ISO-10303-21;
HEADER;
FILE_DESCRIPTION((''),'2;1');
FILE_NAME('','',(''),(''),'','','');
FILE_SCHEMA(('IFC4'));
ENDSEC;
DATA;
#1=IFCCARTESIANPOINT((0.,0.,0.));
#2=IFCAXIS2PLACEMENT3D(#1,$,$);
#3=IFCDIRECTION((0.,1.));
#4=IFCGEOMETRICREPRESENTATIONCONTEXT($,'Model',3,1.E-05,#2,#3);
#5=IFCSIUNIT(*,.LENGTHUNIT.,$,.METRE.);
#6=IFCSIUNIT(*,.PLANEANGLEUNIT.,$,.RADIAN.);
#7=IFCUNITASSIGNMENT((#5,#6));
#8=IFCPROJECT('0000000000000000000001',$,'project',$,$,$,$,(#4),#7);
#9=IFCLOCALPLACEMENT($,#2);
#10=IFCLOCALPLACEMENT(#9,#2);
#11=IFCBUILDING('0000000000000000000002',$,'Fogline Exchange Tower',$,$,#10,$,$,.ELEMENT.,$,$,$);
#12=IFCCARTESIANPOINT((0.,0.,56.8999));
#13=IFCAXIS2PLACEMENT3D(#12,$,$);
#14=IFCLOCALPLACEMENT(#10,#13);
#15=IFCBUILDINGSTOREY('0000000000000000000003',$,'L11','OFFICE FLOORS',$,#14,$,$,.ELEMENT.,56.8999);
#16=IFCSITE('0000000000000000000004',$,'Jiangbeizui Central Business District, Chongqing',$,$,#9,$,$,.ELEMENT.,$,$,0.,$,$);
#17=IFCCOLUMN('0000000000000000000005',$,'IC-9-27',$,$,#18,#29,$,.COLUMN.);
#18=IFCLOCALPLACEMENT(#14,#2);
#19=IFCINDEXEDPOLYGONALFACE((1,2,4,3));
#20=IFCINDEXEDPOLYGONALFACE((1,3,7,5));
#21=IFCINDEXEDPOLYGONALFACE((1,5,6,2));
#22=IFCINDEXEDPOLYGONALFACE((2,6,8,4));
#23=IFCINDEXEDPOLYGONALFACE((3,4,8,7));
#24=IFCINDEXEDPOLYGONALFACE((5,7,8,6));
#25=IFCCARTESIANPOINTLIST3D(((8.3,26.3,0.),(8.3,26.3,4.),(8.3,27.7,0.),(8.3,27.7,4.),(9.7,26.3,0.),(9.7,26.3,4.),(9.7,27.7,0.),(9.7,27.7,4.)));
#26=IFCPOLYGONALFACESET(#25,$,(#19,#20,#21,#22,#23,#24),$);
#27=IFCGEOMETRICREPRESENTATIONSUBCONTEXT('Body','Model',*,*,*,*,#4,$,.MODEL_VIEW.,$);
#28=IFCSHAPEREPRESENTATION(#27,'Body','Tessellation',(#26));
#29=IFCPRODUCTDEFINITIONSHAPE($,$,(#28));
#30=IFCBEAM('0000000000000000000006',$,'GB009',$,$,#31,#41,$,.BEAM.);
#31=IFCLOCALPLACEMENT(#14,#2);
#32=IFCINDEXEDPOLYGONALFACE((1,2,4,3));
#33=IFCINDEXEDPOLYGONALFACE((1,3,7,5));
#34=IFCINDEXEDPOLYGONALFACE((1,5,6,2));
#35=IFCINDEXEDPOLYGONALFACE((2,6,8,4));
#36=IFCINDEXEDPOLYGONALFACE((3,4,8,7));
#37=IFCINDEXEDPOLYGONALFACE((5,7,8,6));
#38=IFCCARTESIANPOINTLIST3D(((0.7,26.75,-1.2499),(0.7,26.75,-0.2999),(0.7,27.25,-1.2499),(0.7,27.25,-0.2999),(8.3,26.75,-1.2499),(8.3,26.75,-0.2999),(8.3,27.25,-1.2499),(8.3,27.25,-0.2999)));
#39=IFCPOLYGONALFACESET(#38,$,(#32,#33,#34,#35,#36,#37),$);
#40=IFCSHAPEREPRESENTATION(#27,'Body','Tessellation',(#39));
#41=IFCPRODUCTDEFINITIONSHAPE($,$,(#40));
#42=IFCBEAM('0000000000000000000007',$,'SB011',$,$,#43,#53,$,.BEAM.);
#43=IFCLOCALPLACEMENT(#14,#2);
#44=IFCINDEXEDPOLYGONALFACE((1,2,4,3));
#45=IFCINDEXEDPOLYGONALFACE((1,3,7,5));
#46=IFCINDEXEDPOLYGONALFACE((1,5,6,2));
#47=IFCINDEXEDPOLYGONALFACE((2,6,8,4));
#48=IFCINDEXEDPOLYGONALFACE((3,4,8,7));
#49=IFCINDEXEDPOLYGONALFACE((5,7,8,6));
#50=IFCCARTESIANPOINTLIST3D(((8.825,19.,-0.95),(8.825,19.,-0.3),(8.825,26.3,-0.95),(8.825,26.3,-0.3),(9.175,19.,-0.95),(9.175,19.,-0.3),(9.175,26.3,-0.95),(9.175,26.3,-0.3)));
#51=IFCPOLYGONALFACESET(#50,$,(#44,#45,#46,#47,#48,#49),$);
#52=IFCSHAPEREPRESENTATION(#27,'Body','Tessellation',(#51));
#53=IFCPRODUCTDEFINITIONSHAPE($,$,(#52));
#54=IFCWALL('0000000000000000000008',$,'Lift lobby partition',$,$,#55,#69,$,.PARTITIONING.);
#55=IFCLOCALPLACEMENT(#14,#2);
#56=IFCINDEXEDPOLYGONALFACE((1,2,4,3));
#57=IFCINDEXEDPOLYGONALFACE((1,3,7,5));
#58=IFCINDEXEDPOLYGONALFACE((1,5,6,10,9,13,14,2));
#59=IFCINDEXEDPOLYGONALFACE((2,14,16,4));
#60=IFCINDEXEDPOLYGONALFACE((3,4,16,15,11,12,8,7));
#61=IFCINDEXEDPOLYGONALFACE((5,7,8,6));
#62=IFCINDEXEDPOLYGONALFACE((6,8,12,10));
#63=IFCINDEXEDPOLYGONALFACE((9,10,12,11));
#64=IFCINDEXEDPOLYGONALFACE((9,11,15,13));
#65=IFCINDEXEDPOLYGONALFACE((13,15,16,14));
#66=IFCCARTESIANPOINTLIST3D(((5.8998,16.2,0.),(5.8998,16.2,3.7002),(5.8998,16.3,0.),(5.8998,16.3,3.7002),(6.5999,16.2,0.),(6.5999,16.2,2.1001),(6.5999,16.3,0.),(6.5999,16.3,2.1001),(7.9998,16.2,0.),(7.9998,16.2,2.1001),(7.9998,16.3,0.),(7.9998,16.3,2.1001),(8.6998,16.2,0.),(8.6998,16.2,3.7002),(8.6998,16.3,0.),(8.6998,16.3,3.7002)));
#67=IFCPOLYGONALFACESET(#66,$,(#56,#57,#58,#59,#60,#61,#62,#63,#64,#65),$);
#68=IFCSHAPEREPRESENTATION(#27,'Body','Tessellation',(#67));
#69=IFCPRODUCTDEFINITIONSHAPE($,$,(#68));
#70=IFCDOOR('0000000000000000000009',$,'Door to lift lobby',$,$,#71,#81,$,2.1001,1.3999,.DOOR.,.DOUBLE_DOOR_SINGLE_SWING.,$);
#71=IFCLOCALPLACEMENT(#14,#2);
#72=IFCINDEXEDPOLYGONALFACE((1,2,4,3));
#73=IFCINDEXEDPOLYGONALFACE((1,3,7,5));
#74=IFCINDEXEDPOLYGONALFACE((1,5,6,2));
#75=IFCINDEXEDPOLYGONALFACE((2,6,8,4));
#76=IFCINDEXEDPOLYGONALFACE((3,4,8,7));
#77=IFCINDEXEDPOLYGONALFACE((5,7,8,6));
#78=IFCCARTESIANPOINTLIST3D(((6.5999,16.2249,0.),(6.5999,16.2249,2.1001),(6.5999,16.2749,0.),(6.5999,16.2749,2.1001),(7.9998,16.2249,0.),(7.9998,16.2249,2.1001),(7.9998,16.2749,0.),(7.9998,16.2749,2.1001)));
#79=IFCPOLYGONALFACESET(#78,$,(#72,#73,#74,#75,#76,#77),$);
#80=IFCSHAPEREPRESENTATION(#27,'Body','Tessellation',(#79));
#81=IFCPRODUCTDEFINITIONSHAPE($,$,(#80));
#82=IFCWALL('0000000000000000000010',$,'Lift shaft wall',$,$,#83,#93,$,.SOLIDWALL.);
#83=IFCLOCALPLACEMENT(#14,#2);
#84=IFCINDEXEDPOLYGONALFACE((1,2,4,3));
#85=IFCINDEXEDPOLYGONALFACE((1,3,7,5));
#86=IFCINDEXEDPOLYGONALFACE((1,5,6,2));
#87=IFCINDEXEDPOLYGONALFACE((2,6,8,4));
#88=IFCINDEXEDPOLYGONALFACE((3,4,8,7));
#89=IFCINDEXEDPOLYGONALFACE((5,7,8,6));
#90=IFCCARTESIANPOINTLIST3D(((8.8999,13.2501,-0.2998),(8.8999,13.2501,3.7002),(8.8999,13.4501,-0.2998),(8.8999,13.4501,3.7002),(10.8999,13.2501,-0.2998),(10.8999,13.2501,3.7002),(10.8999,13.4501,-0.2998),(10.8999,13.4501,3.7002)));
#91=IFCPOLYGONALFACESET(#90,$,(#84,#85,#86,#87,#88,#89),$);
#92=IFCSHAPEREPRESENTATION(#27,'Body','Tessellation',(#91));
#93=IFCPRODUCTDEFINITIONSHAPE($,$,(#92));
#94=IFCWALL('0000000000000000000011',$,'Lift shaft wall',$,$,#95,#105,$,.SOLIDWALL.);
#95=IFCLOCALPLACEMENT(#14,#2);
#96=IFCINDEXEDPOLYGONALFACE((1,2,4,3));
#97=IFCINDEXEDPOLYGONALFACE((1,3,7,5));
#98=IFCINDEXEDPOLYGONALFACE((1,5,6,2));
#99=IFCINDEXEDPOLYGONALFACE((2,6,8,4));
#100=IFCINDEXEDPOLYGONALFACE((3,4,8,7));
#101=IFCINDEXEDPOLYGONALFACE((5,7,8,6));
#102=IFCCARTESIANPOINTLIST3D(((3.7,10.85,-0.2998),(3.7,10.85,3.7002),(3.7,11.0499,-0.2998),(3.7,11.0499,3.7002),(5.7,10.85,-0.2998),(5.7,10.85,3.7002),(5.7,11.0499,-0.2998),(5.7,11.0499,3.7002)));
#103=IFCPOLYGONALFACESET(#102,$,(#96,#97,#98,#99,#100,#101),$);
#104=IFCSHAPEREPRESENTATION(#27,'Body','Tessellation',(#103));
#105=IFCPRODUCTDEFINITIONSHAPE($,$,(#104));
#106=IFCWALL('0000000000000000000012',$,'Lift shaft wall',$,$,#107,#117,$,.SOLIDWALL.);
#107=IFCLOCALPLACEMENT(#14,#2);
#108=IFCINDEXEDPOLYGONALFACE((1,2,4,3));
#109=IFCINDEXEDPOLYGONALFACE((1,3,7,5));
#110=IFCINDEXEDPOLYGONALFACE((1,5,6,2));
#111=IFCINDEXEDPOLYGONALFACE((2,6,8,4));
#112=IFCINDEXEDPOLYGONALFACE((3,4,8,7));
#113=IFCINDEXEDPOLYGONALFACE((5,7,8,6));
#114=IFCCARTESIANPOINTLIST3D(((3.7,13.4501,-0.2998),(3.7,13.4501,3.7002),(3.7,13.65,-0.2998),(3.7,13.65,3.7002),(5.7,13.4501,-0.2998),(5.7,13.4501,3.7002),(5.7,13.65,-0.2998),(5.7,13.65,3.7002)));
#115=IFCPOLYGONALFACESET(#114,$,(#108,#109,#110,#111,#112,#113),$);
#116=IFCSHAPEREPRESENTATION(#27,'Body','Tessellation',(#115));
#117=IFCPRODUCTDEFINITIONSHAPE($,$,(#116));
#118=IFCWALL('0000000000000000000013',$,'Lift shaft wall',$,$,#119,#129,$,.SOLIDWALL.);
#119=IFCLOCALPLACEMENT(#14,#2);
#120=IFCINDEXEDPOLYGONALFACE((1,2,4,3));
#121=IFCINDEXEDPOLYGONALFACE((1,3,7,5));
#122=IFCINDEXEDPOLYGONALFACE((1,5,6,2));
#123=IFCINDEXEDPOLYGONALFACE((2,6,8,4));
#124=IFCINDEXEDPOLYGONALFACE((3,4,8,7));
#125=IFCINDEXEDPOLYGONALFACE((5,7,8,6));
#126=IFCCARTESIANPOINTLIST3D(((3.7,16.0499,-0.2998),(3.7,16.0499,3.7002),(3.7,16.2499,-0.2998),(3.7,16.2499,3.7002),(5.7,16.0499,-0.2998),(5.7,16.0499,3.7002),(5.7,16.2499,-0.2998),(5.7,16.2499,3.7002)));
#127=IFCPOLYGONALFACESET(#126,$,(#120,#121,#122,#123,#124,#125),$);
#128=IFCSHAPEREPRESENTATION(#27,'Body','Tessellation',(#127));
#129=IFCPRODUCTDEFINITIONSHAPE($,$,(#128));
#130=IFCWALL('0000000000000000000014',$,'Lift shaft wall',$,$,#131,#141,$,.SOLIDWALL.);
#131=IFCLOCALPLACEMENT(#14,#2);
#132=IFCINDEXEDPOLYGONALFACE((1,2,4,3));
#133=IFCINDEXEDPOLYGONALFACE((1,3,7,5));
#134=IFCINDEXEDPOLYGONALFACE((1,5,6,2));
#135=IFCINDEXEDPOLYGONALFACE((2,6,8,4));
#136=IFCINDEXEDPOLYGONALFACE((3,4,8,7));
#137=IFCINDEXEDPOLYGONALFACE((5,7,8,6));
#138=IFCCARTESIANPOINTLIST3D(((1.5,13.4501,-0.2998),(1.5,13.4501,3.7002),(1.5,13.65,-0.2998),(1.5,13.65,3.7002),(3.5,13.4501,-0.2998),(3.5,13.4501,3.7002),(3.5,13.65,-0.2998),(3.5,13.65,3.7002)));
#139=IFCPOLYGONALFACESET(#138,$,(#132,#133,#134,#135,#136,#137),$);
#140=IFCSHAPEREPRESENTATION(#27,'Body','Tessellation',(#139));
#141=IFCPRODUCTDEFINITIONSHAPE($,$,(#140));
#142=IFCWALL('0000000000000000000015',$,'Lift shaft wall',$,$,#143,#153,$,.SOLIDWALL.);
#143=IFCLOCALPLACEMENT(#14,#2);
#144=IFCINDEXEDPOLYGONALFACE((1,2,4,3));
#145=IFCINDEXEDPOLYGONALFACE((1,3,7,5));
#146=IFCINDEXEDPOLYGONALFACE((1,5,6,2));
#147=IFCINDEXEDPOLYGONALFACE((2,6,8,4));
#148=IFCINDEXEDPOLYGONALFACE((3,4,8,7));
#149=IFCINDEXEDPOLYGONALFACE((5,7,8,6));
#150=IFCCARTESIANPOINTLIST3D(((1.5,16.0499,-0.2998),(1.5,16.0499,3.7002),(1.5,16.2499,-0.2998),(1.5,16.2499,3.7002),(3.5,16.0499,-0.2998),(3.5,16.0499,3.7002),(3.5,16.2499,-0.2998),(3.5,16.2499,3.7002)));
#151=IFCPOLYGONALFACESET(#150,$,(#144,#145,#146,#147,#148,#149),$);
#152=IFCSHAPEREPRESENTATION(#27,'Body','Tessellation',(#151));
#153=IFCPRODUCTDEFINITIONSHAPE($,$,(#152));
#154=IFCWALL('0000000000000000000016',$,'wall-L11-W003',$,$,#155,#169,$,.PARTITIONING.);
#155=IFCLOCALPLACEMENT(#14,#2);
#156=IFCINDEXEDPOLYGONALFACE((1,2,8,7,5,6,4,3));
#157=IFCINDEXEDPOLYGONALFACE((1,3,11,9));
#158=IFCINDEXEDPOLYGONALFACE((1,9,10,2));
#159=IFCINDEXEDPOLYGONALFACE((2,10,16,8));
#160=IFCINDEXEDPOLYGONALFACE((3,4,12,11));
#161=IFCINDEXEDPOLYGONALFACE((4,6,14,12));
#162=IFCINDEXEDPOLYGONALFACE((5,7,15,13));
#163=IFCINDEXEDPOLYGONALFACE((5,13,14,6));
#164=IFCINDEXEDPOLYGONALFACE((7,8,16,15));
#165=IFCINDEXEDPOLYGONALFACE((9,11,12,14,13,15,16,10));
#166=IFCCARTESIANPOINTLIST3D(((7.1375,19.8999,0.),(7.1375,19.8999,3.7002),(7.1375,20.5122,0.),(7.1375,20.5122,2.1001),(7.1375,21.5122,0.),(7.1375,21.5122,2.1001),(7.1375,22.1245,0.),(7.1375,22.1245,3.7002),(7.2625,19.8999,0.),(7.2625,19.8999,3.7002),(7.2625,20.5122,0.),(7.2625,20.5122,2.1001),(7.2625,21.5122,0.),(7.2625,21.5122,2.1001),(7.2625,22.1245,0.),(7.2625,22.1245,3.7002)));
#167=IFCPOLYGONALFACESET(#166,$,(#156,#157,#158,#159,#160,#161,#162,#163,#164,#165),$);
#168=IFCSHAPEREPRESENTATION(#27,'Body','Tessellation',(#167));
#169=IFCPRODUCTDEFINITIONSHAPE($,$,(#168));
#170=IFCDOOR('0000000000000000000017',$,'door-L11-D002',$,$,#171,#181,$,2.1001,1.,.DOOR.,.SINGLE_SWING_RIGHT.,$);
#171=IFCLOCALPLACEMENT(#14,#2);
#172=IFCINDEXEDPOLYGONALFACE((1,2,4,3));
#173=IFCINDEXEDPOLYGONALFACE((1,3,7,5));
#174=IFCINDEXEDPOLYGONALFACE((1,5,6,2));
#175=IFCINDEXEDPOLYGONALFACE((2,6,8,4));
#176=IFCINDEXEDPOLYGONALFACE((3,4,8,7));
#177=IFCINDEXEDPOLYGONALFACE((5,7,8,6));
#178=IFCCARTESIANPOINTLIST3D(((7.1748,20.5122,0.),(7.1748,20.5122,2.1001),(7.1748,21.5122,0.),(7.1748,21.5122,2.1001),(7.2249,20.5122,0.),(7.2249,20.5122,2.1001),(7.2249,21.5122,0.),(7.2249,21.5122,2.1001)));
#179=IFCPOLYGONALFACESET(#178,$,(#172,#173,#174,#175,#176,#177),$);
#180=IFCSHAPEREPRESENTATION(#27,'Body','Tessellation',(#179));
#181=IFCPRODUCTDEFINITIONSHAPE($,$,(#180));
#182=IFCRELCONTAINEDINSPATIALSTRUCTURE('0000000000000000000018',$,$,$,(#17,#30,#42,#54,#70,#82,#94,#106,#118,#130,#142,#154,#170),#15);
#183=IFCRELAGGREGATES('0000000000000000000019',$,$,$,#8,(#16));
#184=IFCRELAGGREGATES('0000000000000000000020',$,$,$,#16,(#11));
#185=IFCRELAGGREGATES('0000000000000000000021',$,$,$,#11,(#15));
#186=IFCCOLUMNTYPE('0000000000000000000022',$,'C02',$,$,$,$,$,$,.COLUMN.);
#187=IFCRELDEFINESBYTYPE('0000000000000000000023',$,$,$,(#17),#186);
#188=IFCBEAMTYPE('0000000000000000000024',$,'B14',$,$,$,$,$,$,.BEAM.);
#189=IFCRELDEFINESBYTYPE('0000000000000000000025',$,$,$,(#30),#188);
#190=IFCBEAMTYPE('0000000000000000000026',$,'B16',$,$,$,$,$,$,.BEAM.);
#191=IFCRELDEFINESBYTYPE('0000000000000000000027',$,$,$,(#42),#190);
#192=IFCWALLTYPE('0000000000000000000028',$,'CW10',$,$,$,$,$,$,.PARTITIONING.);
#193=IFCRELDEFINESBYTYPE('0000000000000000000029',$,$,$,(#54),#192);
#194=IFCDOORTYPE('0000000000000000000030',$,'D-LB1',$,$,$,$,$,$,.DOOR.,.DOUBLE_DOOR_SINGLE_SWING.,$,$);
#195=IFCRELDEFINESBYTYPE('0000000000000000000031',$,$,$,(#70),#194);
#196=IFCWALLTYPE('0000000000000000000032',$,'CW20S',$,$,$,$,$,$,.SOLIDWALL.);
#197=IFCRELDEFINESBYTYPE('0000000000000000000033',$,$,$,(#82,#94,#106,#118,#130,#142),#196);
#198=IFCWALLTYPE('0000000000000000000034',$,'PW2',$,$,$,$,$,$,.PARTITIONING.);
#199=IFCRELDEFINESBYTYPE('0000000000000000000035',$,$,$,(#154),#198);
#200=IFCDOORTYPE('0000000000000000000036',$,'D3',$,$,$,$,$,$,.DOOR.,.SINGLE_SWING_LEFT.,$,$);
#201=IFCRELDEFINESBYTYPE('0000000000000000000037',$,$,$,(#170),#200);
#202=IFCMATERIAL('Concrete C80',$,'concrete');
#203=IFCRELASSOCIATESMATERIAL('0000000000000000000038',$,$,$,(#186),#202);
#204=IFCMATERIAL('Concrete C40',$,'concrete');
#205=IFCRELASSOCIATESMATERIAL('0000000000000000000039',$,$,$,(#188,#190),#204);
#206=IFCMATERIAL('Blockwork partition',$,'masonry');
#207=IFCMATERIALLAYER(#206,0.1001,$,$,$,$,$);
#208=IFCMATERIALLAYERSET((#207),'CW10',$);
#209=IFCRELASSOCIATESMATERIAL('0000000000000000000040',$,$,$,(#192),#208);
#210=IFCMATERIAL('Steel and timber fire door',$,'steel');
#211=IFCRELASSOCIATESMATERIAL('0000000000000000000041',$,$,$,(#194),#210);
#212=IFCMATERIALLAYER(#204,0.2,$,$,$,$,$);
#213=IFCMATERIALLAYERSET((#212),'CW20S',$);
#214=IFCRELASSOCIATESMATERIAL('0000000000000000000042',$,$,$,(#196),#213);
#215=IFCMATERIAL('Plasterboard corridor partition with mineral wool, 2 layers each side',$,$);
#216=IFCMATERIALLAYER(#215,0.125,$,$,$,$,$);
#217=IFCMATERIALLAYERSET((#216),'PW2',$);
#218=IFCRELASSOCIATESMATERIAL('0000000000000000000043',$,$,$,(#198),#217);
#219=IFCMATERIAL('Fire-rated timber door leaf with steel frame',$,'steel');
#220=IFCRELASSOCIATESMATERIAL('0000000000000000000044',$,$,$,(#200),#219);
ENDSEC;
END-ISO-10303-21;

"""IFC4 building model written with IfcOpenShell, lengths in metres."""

from ifc_helpers import new_model, si_unit, direction, frame, frame_2d, origin, origin_2d, place, context, subcontext, project, spatial, rectangle, extrude, material, layer, layer_set, material_profile, profile_set, type_object, element, fill, save


model = new_model("IFC4")

# Units and contexts
model_context = context("Model", 3, precision=1e-05, world=origin(), true_north=direction((0.0, 1.0)))
body_context = subcontext(model_context, "Body", "Model", "MODEL_VIEW")
ifc_project = project(units=[si_unit("LENGTHUNIT", "METRE"), si_unit("PLANEANGLEUNIT", "RADIAN")], contexts=[model_context])

# Site, building, storey
site_placement = place(None, origin())
site = spatial("IfcSite", under=ifc_project, at=site_placement, Name="Jiangbeizui Central Business District, Chongqing", CompositionType="ELEMENT", RefElevation=0.0)
building_placement = place(site_placement, origin())
building = spatial("IfcBuilding", under=site, at=building_placement, Name="Fogline Exchange Tower", CompositionType="ELEMENT")
storey_placement = place(building_placement, frame((0.0, 0.0, 56.8999)))
storey = spatial("IfcBuildingStorey", under=building, at=storey_placement, Name="L11", Description="OFFICE FLOORS", CompositionType="ELEMENT", Elevation=56.8999)

# Column
ifc_material_1 = material(Name="Concrete C80", Category="concrete")
ifc_material_profile_1 = material_profile(ifc_material_1, rectangle(XDim=1.3999, YDim=1.3999, at=origin_2d()), Name="RC 1400x1400")
ifc_profile_set_1 = profile_set([ifc_material_profile_1], Name="Concrete C80")
column_type = type_object("IfcColumnType", Name="C02", PredefinedType="COLUMN", material=ifc_profile_set_1)
column_placement = place(storey_placement, frame((9.0, 27.0, 0.0), z_axis=(0.0, 0.0, 1.0), x_axis=(1.0, 0.0, 0.0)))
element("IfcColumn", 1, at=column_placement, inside=storey, type_object=column_type, Name="IC-9-27", PredefinedType="COLUMN", context=body_context, shape_type="SweptSolid", body=[
    extrude(rectangle(XDim=1.3999, YDim=1.3999, at=origin_2d()), origin(), (0.0, 0.0, 1.0), 4.0),
])

# Beams
ifc_material_2 = material(Name="Concrete C40", Category="concrete")
ifc_material_profile_2 = material_profile(ifc_material_2, rectangle(XDim=0.5, YDim=0.95, at=origin_2d()), Name="RC 500x950")
ifc_profile_set_2 = profile_set([ifc_material_profile_2], Name="Concrete C40")
beam_type_1 = type_object("IfcBeamType", Name="B14", PredefinedType="BEAM", material=ifc_profile_set_2)
beam_1_placement = place(storey_placement, frame((0.7, 27.0, -0.7749), z_axis=(1.0, 0.0, 0.0), x_axis=(0.0, 1.0, 0.0)))
element("IfcBeam", 2, at=beam_1_placement, inside=storey, type_object=beam_type_1, Name="GB009", PredefinedType="BEAM", context=body_context, shape_type="SweptSolid", body=[
    extrude(rectangle(XDim=0.5, YDim=0.95, at=origin_2d()), origin(), (0.0, 0.0, 1.0), 7.6001),
])
ifc_material_profile_3 = material_profile(ifc_material_2, rectangle(XDim=0.3501, YDim=0.6499, at=origin_2d()), Name="RC 350x650")
ifc_profile_set_3 = profile_set([ifc_material_profile_3], Name="Concrete C40")
beam_type_2 = type_object("IfcBeamType", Name="B16", PredefinedType="BEAM", material=ifc_profile_set_3)
beam_2_placement = place(storey_placement, frame((9.0, 19.0, -0.625), z_axis=(0.0, 1.0, 0.0), x_axis=(-1.0, 0.0, 0.0)))
element("IfcBeam", 3, at=beam_2_placement, inside=storey, type_object=beam_type_2, Name="SB011", PredefinedType="BEAM", context=body_context, shape_type="SweptSolid", body=[
    extrude(rectangle(XDim=0.3501, YDim=0.6499, at=origin_2d()), origin(), (0.0, 0.0, 1.0), 7.3),
])

# Wall, opening, door
ifc_material_3 = material(Name="Blockwork partition", Category="masonry")
ifc_layer_1 = layer(ifc_material_3, 0.1001)
ifc_layer_set_1 = layer_set([ifc_layer_1], Name="CW10")
wall_type_1 = type_object("IfcWallType", Name="CW10", PredefinedType="PARTITIONING", material=ifc_layer_set_1)
wall_1_placement = place(storey_placement, frame((5.8999, 16.25, 0.0), z_axis=(0.0, 0.0, 1.0), x_axis=(1.0, 0.0, 0.0)))
wall_1 = element("IfcWall", 4, at=wall_1_placement, inside=storey, type_object=wall_type_1, Name="Lift lobby partition", PredefinedType="PARTITIONING", context=body_context, shape_type="SweptSolid", body=[
    extrude(rectangle(XDim=2.8, YDim=0.1001, at=frame_2d((1.3999, 0.0))), origin(), (0.0, 0.0, 1.0), 3.7002),
])
opening_1_placement = place(wall_1_placement, frame((0.7, 0.0, 0.0)))
opening_1 = element("IfcOpeningElement", 5, at=opening_1_placement, cuts=wall_1, PredefinedType="OPENING", context=body_context, shape_type="SweptSolid", body=[
    extrude(rectangle(XDim=1.3999, YDim=2.1001, at=frame_2d((0.7, 1.05))), frame((0.0, 0.0601, 0.0), z_axis=(0.0, -1.0, 0.0), x_axis=(1.0, 0.0, 0.0)), (0.0, 0.0, 1.0), 0.1201),
])
ifc_material_4 = material(Name="Steel and timber fire door", Category="steel")
door_type_1 = type_object("IfcDoorType", Name="D-LB1", OperationType="DOUBLE_DOOR_SINGLE_SWING", PredefinedType="DOOR", material=ifc_material_4)
door_1_placement = place(opening_1_placement, origin())
door_1 = element("IfcDoor", 6, at=door_1_placement, inside=storey, type_object=door_type_1, Name="Door to lift lobby", OperationType="DOUBLE_DOOR_SINGLE_SWING", OverallHeight=2.1001, OverallWidth=1.3999, PredefinedType="DOOR", context=body_context, shape_type="SweptSolid", body=[
    extrude(rectangle(XDim=1.3999, YDim=2.1001, at=frame_2d((0.7, 1.05))), frame((0.0, 0.0249, 0.0), z_axis=(0.0, -1.0, 0.0), x_axis=(1.0, 0.0, 0.0)), (0.0, 0.0, 1.0), 0.05),
])
fill(opening_1, door_1)

# Walls
ifc_layer_2 = layer(ifc_material_2, 0.2)
ifc_layer_set_2 = layer_set([ifc_layer_2], Name="CW20S")
wall_type_2 = type_object("IfcWallType", Name="CW20S", PredefinedType="SOLIDWALL", material=ifc_layer_set_2)
for number, where, z_axis, x_axis, name in (
    (7, (8.8999, 13.3501, -0.2998), (0.0, 0.0, 1.0), (1.0, 0.0, 0.0), "Lift shaft wall"),
    (8, (3.7, 10.95, -0.2998), (0.0, 0.0, 1.0), (1.0, 0.0, 0.0), "Lift shaft wall"),
    (9, (3.7, 13.55, -0.2998), (0.0, 0.0, 1.0), (1.0, 0.0, 0.0), "Lift shaft wall"),
    (10, (3.7, 16.1499, -0.2998), (0.0, 0.0, 1.0), (1.0, 0.0, 0.0), "Lift shaft wall"),
    (11, (1.5, 13.55, -0.2998), (0.0, 0.0, 1.0), (1.0, 0.0, 0.0), "Lift shaft wall"),
    (12, (1.5, 16.1499, -0.2998), (0.0, 0.0, 1.0), (1.0, 0.0, 0.0), "Lift shaft wall"),
):
    element("IfcWall", number, at=place(storey_placement, frame(where, z_axis=z_axis, x_axis=x_axis)), inside=storey, type_object=wall_type_2, Name=name, PredefinedType="SOLIDWALL", context=body_context, shape_type="SweptSolid", body=[
        extrude(rectangle(XDim=2.0, YDim=0.2, at=frame_2d((1.0, 0.0))), origin(), (0.0, 0.0, 1.0), 4.0),
    ])

# Wall, opening, door
ifc_material_5 = material(Name="Plasterboard corridor partition with mineral wool, 2 layers each side")
ifc_layer_3 = layer(ifc_material_5, 0.125)
ifc_layer_set_3 = layer_set([ifc_layer_3], Name="PW2")
wall_type_3 = type_object("IfcWallType", Name="PW2", PredefinedType="PARTITIONING", material=ifc_layer_set_3)
wall_2_placement = place(storey_placement, frame((7.2, 22.1245, 0.0), z_axis=(0.0, 0.0, 1.0), x_axis=(0.0, -1.0, 0.0)))
wall_2 = element("IfcWall", 13, at=wall_2_placement, inside=storey, type_object=wall_type_3, Name="wall-L11-W003", PredefinedType="PARTITIONING", context=body_context, shape_type="SweptSolid", body=[
    extrude(rectangle(XDim=2.2246, YDim=0.125, at=frame_2d((1.1123, 0.0))), origin(), (0.0, 0.0, 1.0), 3.7002),
])
opening_2_placement = place(wall_2_placement, frame((0.6123, 0.0, 0.0)))
opening_2 = element("IfcOpeningElement", 14, at=opening_2_placement, cuts=wall_2, PredefinedType="OPENING", context=body_context, shape_type="SweptSolid", body=[
    extrude(rectangle(XDim=1.0, YDim=2.1001, at=frame_2d((0.5, 1.05))), frame((0.0, 0.0725, 0.0), z_axis=(0.0, -1.0, 0.0), x_axis=(1.0, 0.0, 0.0)), (0.0, 0.0, 1.0), 0.145),
])
ifc_material_6 = material(Name="Fire-rated timber door leaf with steel frame", Category="steel")
door_type_2 = type_object("IfcDoorType", Name="D3", OperationType="SINGLE_SWING_LEFT", PredefinedType="DOOR", material=ifc_material_6)
door_2_placement = place(opening_2_placement, origin())
door_2 = element("IfcDoor", 15, at=door_2_placement, inside=storey, type_object=door_type_2, Name="door-L11-D002", OperationType="SINGLE_SWING_RIGHT", OverallHeight=2.1001, OverallWidth=1.0, PredefinedType="DOOR", context=body_context, shape_type="SweptSolid", body=[
    extrude(rectangle(XDim=1.0, YDim=2.1001, at=frame_2d((0.5, 1.05))), frame((0.0, 0.0249, 0.0), z_axis=(0.0, -1.0, 0.0), x_axis=(1.0, 0.0, 0.0)), (0.0, 0.0, 1.0), 0.05),
])
fill(opening_2, door_2)

save(model, "model.ifc")
